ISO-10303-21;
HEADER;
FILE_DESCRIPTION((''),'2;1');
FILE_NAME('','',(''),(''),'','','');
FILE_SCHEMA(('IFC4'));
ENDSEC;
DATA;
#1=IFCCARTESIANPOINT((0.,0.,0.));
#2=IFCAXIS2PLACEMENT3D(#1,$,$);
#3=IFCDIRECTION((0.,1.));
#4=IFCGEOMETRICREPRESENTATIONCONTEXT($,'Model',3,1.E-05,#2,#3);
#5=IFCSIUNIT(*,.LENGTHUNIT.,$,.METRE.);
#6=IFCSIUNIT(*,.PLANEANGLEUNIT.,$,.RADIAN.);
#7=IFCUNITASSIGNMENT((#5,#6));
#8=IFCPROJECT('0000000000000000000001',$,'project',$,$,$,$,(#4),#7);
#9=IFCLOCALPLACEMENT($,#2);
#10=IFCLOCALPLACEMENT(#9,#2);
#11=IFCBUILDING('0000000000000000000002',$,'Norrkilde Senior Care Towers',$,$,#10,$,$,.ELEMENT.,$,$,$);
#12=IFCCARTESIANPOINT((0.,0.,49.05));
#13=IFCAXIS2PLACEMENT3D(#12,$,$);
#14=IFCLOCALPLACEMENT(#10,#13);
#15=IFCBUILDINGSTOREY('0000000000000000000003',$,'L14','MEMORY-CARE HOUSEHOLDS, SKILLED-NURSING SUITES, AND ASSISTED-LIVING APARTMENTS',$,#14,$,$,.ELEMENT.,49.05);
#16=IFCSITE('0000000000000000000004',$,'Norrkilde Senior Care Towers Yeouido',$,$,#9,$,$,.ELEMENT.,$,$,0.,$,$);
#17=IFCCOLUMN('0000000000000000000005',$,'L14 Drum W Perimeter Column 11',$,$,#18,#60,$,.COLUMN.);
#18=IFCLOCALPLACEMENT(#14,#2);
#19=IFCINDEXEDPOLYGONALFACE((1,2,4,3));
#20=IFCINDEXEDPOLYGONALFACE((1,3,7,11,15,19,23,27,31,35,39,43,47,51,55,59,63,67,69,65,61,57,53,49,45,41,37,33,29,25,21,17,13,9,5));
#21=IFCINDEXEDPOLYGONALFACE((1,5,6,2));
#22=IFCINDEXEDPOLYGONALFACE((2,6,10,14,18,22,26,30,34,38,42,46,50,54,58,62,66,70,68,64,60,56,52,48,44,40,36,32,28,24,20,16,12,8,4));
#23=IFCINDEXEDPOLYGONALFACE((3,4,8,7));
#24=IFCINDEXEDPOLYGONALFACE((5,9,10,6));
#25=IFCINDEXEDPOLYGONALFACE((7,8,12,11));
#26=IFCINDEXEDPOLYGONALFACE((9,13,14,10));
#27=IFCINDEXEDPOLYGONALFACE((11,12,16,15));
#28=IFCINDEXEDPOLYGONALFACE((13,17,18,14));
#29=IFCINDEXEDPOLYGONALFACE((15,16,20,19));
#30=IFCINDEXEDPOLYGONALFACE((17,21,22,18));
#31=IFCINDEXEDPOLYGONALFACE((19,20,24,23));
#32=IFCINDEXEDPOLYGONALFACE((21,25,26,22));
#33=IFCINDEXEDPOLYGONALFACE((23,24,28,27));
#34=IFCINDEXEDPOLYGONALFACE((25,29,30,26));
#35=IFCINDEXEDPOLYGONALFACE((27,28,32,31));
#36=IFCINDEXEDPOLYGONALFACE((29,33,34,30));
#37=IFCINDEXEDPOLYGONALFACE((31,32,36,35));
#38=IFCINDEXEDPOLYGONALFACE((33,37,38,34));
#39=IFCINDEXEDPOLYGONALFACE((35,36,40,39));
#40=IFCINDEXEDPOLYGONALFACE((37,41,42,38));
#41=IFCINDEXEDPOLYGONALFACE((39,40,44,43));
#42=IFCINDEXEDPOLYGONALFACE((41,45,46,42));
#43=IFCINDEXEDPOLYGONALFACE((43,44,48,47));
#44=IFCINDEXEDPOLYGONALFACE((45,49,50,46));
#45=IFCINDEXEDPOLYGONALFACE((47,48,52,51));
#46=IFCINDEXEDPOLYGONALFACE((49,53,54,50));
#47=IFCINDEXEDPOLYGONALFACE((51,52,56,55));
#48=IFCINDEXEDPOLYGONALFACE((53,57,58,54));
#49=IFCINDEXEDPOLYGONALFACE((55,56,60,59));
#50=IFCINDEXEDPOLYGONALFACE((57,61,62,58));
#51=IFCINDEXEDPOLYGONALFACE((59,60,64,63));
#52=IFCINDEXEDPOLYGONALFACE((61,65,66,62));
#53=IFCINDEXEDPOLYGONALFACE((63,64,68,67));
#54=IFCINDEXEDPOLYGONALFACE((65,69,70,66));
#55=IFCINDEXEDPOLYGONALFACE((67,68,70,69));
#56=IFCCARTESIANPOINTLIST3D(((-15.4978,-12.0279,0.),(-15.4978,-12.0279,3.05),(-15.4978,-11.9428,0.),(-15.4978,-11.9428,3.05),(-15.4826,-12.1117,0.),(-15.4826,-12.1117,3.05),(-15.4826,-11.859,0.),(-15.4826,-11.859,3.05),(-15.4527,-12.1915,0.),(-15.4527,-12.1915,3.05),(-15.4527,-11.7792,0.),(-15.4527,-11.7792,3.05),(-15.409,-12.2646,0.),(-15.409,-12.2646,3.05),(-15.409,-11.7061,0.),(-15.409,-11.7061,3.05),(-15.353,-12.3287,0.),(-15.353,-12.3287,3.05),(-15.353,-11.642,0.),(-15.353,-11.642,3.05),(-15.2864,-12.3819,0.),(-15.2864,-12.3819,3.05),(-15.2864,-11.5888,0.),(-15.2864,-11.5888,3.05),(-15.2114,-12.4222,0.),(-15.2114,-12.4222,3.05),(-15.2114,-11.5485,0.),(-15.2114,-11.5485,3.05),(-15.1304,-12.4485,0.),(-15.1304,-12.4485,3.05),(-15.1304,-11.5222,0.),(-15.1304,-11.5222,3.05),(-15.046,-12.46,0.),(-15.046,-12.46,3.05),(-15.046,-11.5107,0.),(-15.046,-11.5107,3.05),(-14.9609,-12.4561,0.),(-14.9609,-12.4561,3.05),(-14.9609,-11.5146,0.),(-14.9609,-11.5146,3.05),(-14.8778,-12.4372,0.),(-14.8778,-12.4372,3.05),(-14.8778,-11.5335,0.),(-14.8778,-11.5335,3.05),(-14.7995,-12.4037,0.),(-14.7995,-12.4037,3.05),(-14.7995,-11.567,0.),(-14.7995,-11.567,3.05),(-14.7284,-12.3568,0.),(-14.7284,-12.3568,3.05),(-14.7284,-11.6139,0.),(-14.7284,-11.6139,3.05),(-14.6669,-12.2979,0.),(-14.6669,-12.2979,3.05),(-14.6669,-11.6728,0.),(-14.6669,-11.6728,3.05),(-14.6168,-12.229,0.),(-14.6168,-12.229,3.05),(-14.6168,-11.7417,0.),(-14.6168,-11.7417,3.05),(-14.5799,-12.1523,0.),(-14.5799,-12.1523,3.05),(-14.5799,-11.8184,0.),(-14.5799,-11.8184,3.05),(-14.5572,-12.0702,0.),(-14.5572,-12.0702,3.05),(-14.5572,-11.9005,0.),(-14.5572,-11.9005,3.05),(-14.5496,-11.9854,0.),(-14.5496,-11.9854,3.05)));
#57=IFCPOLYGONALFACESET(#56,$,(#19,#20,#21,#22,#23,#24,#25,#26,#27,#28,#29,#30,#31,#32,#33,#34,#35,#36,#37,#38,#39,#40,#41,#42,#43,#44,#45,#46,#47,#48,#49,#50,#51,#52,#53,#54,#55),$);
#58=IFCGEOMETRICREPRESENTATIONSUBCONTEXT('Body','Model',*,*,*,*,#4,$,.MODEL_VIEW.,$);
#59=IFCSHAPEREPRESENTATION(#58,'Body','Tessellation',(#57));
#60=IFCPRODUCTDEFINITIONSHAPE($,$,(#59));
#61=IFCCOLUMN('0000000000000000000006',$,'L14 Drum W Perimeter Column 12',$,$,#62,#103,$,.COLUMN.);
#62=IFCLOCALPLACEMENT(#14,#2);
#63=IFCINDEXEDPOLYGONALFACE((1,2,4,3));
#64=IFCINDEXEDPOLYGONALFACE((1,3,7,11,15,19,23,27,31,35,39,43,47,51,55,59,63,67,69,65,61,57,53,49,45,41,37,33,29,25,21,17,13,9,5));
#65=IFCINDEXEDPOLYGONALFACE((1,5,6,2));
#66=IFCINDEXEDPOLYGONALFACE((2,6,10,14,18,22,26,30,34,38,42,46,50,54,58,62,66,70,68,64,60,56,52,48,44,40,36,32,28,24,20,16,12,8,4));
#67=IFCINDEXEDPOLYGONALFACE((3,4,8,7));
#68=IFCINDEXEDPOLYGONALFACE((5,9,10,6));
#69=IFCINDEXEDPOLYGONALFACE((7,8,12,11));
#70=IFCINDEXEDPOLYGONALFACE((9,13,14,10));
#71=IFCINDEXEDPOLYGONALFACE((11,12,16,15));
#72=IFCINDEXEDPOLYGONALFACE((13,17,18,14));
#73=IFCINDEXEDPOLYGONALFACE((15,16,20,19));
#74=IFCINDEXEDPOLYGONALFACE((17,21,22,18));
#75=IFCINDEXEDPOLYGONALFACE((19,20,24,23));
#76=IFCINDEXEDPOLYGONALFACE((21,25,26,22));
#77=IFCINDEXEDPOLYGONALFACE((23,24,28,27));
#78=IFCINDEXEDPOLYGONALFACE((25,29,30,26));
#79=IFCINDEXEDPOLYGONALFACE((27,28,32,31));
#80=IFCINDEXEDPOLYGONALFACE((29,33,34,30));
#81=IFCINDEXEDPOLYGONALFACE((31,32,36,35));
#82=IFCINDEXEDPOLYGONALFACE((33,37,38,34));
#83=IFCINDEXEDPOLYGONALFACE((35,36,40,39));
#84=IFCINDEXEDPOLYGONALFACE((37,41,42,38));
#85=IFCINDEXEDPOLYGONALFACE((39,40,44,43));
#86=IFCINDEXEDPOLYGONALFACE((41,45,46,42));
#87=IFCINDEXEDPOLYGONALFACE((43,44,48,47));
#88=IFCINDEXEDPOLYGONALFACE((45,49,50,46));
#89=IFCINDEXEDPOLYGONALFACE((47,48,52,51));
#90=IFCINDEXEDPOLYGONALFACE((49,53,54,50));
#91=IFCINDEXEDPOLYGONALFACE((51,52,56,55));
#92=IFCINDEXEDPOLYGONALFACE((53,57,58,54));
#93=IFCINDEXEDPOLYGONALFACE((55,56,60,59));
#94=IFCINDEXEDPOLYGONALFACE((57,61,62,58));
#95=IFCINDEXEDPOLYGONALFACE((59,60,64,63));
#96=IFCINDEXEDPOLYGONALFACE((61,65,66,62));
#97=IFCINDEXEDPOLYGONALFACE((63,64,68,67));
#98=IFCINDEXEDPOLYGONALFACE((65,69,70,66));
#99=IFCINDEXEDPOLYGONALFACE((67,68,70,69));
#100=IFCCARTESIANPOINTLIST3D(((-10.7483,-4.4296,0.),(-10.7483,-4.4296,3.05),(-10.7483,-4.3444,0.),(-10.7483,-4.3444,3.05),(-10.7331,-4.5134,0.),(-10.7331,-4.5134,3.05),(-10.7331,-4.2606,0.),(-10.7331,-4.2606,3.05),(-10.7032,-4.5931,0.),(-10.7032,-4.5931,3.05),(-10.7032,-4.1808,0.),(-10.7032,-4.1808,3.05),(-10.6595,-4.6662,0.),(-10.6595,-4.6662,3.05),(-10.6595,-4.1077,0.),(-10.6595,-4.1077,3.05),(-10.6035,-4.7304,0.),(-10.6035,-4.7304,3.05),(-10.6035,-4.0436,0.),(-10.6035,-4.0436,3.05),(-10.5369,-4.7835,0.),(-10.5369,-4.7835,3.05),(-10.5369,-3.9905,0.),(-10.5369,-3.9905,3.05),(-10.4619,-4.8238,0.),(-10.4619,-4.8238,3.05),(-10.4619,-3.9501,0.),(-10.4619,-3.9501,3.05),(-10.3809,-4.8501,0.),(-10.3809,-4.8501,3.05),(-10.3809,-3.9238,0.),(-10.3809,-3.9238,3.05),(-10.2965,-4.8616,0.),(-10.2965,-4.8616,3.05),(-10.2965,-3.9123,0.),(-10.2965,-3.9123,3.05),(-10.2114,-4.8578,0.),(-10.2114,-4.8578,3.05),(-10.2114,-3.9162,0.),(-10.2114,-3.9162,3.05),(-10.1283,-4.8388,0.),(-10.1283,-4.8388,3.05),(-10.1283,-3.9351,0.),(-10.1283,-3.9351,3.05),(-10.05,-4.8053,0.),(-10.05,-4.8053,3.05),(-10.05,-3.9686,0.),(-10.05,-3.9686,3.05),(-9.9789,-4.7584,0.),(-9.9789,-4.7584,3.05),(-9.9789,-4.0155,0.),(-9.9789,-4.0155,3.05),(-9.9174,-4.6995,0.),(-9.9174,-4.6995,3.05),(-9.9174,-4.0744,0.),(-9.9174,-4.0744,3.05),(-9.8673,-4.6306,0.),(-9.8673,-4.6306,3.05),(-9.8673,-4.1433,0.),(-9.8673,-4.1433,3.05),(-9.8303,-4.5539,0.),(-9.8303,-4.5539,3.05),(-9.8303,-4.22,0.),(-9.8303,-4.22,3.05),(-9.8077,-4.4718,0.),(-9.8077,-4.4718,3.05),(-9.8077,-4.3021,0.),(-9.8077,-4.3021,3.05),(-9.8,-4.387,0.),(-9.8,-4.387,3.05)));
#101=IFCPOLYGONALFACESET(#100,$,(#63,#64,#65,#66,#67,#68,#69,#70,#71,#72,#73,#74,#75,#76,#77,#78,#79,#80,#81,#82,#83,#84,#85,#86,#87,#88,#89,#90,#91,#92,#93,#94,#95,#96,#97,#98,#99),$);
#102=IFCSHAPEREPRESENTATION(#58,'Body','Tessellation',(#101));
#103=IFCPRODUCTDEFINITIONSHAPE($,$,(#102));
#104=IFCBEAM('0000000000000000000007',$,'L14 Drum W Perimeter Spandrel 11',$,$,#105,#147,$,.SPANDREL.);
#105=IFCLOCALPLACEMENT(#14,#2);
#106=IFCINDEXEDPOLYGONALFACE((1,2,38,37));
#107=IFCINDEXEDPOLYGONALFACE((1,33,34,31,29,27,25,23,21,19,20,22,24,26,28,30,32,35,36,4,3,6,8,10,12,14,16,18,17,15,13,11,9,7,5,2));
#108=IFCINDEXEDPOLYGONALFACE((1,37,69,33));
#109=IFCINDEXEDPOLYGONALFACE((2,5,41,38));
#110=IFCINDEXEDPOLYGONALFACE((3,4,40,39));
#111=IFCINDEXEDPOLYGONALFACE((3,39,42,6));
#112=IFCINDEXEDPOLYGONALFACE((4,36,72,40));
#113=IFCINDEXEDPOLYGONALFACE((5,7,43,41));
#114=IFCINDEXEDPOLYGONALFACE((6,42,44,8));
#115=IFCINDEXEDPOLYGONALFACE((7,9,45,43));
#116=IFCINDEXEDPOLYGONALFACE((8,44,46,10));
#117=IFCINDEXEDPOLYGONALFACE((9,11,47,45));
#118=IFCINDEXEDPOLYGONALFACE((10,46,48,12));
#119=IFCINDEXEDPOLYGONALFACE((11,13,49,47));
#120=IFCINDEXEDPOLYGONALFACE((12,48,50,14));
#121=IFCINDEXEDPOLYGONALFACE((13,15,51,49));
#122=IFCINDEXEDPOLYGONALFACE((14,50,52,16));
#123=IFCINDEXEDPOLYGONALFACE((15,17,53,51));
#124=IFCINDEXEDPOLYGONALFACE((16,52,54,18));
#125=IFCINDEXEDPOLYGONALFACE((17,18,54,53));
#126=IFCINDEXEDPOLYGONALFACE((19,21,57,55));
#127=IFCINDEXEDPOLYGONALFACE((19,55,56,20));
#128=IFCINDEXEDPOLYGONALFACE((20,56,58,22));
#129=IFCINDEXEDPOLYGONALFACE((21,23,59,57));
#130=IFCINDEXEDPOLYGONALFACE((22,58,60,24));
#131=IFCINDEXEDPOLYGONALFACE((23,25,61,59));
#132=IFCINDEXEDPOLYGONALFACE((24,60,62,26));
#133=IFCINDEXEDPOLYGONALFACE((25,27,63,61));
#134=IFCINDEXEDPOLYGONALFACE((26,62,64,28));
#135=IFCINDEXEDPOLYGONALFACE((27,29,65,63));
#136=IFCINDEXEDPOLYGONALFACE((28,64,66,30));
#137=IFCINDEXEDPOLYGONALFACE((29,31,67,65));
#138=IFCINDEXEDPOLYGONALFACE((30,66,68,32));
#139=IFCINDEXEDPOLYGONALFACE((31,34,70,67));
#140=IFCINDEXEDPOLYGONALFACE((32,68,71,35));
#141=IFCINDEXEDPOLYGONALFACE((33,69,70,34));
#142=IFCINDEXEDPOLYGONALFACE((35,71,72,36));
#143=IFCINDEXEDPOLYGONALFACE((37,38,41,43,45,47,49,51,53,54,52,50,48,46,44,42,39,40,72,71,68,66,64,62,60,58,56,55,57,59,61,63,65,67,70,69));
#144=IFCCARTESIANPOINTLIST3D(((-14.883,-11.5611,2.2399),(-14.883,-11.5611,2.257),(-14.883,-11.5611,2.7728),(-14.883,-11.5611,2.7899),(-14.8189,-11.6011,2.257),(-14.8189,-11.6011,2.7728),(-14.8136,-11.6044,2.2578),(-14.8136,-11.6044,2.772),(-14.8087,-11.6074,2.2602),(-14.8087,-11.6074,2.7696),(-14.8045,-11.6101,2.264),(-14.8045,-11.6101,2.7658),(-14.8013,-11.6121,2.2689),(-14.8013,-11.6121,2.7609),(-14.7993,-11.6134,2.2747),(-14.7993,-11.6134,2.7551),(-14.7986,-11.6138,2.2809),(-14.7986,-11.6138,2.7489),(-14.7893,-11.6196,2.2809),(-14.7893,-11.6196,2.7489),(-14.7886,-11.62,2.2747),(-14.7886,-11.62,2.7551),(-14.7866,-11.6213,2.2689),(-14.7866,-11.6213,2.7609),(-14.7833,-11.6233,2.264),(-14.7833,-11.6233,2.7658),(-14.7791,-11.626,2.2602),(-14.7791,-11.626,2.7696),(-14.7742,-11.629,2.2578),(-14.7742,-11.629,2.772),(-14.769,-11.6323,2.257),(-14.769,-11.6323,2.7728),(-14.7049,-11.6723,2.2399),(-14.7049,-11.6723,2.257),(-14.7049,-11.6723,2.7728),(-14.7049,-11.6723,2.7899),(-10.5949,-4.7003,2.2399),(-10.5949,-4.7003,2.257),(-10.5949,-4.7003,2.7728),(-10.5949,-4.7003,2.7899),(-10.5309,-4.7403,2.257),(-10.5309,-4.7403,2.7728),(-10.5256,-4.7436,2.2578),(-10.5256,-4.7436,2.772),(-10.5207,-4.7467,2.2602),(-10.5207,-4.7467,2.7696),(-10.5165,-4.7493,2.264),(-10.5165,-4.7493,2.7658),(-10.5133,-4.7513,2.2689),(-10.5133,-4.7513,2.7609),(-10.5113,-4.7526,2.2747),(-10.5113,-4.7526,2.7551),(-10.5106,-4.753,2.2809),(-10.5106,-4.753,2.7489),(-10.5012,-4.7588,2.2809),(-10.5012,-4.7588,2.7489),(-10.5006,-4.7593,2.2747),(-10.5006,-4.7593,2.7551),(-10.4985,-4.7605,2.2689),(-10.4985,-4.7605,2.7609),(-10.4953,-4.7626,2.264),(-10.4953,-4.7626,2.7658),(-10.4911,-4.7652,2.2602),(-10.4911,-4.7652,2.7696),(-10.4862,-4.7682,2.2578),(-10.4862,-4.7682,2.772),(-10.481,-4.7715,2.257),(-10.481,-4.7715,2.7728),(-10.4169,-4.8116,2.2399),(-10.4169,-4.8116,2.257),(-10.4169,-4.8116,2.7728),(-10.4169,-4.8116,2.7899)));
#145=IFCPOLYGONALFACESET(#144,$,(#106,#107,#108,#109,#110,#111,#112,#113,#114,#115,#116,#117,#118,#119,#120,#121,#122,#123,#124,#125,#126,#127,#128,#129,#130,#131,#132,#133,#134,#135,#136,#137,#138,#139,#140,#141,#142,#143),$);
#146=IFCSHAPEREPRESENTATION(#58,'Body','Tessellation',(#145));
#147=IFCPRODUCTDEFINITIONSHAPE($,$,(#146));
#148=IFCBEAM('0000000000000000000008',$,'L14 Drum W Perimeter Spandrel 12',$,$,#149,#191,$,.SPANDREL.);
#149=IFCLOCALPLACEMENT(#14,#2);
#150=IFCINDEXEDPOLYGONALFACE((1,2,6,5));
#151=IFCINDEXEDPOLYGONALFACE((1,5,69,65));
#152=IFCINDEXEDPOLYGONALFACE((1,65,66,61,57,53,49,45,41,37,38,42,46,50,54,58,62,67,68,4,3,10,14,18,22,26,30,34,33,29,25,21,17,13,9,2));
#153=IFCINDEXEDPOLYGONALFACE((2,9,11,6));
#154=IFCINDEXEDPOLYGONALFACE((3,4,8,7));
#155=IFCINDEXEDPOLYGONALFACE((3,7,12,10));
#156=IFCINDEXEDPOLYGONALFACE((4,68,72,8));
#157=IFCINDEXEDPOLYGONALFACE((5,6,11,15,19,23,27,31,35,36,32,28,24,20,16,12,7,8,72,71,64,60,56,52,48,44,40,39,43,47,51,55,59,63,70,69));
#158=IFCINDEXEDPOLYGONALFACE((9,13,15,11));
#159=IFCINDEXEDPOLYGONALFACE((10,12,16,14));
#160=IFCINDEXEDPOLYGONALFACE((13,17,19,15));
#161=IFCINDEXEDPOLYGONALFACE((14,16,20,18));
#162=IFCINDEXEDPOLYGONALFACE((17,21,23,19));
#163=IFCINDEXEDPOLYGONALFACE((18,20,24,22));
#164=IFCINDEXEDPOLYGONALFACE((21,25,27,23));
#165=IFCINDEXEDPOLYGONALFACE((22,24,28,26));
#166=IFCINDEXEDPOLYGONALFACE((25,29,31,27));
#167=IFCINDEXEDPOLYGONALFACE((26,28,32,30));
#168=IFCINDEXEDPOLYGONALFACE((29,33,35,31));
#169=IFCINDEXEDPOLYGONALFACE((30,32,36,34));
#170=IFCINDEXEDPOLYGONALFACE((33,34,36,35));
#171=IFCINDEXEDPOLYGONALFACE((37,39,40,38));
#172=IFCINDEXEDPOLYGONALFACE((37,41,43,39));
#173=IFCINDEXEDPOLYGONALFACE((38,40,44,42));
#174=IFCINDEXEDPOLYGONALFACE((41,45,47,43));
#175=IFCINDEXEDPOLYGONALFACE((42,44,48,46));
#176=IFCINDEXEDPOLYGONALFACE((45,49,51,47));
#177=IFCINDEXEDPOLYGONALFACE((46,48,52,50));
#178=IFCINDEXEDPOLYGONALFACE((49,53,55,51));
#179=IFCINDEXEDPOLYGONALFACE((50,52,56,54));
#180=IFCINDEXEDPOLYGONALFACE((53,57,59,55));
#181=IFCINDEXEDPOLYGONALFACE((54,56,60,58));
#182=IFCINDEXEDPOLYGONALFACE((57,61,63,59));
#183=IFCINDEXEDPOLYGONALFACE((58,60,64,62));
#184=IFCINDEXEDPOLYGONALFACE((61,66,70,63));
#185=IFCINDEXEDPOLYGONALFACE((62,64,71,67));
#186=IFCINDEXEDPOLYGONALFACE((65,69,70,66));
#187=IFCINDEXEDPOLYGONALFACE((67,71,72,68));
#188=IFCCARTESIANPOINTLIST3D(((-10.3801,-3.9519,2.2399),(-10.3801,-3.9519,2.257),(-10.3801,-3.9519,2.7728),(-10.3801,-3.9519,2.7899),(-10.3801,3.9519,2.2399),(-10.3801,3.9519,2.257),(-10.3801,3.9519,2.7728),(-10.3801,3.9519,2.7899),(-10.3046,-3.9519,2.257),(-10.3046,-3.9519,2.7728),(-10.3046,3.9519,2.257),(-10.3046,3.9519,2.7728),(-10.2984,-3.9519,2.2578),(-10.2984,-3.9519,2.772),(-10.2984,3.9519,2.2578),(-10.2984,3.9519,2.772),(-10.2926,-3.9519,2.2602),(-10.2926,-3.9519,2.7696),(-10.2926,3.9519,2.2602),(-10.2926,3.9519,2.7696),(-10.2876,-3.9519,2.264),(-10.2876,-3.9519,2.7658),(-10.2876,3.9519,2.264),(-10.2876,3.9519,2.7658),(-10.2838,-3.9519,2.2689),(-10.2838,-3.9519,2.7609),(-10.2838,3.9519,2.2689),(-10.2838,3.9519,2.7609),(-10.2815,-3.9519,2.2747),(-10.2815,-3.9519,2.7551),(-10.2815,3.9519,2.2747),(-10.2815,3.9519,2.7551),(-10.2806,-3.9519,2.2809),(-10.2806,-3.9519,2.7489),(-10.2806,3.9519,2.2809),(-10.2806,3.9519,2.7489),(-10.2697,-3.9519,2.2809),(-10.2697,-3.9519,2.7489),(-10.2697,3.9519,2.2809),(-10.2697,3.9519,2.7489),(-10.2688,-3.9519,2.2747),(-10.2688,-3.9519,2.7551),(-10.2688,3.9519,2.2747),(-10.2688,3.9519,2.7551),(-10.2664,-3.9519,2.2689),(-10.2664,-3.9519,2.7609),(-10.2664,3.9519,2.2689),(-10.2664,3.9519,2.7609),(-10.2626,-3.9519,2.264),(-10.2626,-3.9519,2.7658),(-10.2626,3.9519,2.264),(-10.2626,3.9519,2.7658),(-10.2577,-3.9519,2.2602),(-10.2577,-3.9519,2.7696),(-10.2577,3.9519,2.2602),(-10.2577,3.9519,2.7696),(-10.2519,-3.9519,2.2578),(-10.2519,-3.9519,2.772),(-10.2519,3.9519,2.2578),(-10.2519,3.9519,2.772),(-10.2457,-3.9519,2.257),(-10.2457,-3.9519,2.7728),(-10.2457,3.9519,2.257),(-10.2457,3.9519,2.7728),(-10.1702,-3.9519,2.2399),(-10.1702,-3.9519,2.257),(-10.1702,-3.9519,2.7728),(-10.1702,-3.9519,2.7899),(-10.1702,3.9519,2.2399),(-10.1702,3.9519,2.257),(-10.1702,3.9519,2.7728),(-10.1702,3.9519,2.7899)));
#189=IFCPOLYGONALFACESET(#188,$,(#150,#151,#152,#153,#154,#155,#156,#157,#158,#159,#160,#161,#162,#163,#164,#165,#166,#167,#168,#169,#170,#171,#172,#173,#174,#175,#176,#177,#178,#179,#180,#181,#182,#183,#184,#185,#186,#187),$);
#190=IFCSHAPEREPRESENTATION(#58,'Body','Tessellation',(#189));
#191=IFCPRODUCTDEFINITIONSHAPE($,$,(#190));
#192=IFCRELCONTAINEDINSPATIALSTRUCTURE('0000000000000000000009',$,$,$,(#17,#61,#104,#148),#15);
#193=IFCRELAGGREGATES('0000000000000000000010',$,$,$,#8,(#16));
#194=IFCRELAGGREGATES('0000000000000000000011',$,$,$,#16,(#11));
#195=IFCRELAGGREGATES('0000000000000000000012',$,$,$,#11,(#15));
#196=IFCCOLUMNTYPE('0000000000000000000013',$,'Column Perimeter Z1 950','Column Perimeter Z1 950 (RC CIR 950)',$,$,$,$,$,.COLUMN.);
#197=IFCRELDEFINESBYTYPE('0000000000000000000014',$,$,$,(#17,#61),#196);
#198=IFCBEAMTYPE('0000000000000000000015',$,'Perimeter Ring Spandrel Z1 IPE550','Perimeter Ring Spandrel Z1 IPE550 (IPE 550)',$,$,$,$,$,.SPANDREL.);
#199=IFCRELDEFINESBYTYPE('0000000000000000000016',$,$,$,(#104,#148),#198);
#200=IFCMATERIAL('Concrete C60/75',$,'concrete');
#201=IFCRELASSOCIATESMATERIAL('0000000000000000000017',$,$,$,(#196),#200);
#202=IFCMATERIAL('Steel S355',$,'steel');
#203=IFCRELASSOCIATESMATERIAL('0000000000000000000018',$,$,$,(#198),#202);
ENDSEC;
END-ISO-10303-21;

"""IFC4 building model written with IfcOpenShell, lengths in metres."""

from ifc_helpers import new_model, si_unit, direction, frame, origin, origin_2d, place, context, subcontext, project, spatial, circle, i_section, extrude, source, transform, mapped, material, material_profile, profile_set, type_object, type_shapes, element, save


model = new_model("IFC4")

# Units and contexts
model_context = context("Model", 3, precision=1e-05, world=origin(), true_north=direction((0.0, 1.0)))
body_context = subcontext(model_context, "Body", "Model", "MODEL_VIEW")
ifc_project = project(units=[si_unit("LENGTHUNIT", "METRE"), si_unit("PLANEANGLEUNIT", "RADIAN")], contexts=[model_context])

# Site, building, storey
site_placement = place(None, origin())
site = spatial("IfcSite", under=ifc_project, at=site_placement, Name="Norrkilde Senior Care Towers Yeouido", CompositionType="ELEMENT", RefElevation=0.0)
building_placement = place(site_placement, origin())
building = spatial("IfcBuilding", under=site, at=building_placement, Name="Norrkilde Senior Care Towers", CompositionType="ELEMENT")
storey_placement = place(building_placement, frame((0.0, 0.0, 49.05)))
storey = spatial("IfcBuildingStorey", under=building, at=storey_placement, Name="L14", Description="MEMORY-CARE HOUSEHOLDS, SKILLED-NURSING SUITES, AND ASSISTED-LIVING APARTMENTS", CompositionType="ELEMENT", Elevation=49.05)

# Columns
ifc_material_1 = material(Name="Concrete C60/75", Category="concrete")
ifc_material_profile_1 = material_profile(ifc_material_1, circle(Radius=0.4751, at=origin_2d()), Name="RC CIR 950")
ifc_profile_set_1 = profile_set([ifc_material_profile_1], Name="Concrete C60/75")
column_type = type_object("IfcColumnType", Name="Column Perimeter Z1 950", Description="Column Perimeter Z1 950 (RC CIR 950)", PredefinedType="COLUMN", material=ifc_profile_set_1)
shared_shape_1 = source(origin(), body_context, "Body", "SweptSolid", [
    extrude(circle(Radius=0.4751, at=origin_2d()), origin(), (0.0, 0.0, 1.0), 3.05),
])
type_shapes(column_type, [shared_shape_1])
for number, where, z_axis, x_axis, name in (
    (1, (-15.0247, -11.9854, 0.0), (0.0, 0.0, 1.0), (1.0, 0.0, 0.0), "L14 Drum W Perimeter Column 11"),
    (2, (-10.2751, -4.387, 0.0), (0.0, 0.0, 1.0), (1.0, 0.0, 0.0), "L14 Drum W Perimeter Column 12"),
):
    element("IfcColumn", number, at=place(storey_placement, frame(where, z_axis=z_axis, x_axis=x_axis)), inside=storey, type_object=column_type, Name=name, PredefinedType="COLUMN", context=body_context, shape_type="MappedRepresentation", body=[
        mapped(shared_shape_1, transform((0.0, 0.0, 0.0), x_axis=(1.0, 0.0, 0.0), y_axis=(0.0, 1.0, 0.0), z_axis=(0.0, 0.0, 1.0), scale=1.0)),
    ])

# Beams
ifc_material_2 = material(Name="Steel S355", Category="steel")
ifc_material_profile_2 = material_profile(ifc_material_2, i_section(OverallWidth=0.21, OverallDepth=0.55, WebThickness=0.011, FlangeThickness=0.0171, FilletRadius=0.0239, at=origin_2d()), Name="IPE 550")
ifc_profile_set_2 = profile_set([ifc_material_profile_2], Name="Steel S355")
beam_type_1 = type_object("IfcBeamType", Name="Perimeter Ring Spandrel Z1 IPE550", Description="Perimeter Ring Spandrel Z1 IPE550 (IPE 550)", PredefinedType="SPANDREL", material=ifc_profile_set_2)
shared_shape_2 = source(origin(), body_context, "Body", "SweptSolid", [
    extrude(i_section(OverallWidth=0.21, OverallDepth=0.55, WebThickness=0.011, FlangeThickness=0.0171, FilletRadius=0.0239, at=origin_2d()), origin(), (0.0, 0.0, 1.0), 8.0906),
])
beam_1_placement = place(storey_placement, frame((-14.7939, -11.6167, 2.5149), z_axis=(0.530004, 0.847995, 0.0), x_axis=(-0.847995, 0.530004, 0.0)))
element("IfcBeam", 3, at=beam_1_placement, inside=storey, type_object=beam_type_1, Name="L14 Drum W Perimeter Spandrel 11", PredefinedType="SPANDREL", context=body_context, shape_type="MappedRepresentation", body=[
    mapped(shared_shape_2, transform((0.0, 0.0, 0.0), x_axis=(1.0, 0.0, 0.0), y_axis=(0.0, 1.0, 0.0), z_axis=(0.0, 0.0, 1.0), scale=1.0)),
])
shared_shape_3 = source(origin(), body_context, "Body", "SweptSolid", [
    extrude(i_section(OverallWidth=0.21, OverallDepth=0.55, WebThickness=0.011, FlangeThickness=0.0171, FilletRadius=0.0239, at=origin_2d()), origin(), (0.0, 0.0, 1.0), 7.9038),
])
type_shapes(beam_type_1, [shared_shape_2, shared_shape_3])
beam_2_placement = place(storey_placement, frame((-10.2751, -3.9519, 2.5149), z_axis=(0.0, 1.0, 0.0), x_axis=(-1.0, 0.0, 0.0)))
element("IfcBeam", 4, at=beam_2_placement, inside=storey, type_object=beam_type_1, Name="L14 Drum W Perimeter Spandrel 12", PredefinedType="SPANDREL", context=body_context, shape_type="MappedRepresentation", body=[
    mapped(shared_shape_3, transform((0.0, 0.0, 0.0), x_axis=(1.0, 0.0, 0.0), y_axis=(0.0, 1.0, 0.0), z_axis=(0.0, 0.0, 1.0), scale=1.0)),
])

save(model, "model.ifc")
